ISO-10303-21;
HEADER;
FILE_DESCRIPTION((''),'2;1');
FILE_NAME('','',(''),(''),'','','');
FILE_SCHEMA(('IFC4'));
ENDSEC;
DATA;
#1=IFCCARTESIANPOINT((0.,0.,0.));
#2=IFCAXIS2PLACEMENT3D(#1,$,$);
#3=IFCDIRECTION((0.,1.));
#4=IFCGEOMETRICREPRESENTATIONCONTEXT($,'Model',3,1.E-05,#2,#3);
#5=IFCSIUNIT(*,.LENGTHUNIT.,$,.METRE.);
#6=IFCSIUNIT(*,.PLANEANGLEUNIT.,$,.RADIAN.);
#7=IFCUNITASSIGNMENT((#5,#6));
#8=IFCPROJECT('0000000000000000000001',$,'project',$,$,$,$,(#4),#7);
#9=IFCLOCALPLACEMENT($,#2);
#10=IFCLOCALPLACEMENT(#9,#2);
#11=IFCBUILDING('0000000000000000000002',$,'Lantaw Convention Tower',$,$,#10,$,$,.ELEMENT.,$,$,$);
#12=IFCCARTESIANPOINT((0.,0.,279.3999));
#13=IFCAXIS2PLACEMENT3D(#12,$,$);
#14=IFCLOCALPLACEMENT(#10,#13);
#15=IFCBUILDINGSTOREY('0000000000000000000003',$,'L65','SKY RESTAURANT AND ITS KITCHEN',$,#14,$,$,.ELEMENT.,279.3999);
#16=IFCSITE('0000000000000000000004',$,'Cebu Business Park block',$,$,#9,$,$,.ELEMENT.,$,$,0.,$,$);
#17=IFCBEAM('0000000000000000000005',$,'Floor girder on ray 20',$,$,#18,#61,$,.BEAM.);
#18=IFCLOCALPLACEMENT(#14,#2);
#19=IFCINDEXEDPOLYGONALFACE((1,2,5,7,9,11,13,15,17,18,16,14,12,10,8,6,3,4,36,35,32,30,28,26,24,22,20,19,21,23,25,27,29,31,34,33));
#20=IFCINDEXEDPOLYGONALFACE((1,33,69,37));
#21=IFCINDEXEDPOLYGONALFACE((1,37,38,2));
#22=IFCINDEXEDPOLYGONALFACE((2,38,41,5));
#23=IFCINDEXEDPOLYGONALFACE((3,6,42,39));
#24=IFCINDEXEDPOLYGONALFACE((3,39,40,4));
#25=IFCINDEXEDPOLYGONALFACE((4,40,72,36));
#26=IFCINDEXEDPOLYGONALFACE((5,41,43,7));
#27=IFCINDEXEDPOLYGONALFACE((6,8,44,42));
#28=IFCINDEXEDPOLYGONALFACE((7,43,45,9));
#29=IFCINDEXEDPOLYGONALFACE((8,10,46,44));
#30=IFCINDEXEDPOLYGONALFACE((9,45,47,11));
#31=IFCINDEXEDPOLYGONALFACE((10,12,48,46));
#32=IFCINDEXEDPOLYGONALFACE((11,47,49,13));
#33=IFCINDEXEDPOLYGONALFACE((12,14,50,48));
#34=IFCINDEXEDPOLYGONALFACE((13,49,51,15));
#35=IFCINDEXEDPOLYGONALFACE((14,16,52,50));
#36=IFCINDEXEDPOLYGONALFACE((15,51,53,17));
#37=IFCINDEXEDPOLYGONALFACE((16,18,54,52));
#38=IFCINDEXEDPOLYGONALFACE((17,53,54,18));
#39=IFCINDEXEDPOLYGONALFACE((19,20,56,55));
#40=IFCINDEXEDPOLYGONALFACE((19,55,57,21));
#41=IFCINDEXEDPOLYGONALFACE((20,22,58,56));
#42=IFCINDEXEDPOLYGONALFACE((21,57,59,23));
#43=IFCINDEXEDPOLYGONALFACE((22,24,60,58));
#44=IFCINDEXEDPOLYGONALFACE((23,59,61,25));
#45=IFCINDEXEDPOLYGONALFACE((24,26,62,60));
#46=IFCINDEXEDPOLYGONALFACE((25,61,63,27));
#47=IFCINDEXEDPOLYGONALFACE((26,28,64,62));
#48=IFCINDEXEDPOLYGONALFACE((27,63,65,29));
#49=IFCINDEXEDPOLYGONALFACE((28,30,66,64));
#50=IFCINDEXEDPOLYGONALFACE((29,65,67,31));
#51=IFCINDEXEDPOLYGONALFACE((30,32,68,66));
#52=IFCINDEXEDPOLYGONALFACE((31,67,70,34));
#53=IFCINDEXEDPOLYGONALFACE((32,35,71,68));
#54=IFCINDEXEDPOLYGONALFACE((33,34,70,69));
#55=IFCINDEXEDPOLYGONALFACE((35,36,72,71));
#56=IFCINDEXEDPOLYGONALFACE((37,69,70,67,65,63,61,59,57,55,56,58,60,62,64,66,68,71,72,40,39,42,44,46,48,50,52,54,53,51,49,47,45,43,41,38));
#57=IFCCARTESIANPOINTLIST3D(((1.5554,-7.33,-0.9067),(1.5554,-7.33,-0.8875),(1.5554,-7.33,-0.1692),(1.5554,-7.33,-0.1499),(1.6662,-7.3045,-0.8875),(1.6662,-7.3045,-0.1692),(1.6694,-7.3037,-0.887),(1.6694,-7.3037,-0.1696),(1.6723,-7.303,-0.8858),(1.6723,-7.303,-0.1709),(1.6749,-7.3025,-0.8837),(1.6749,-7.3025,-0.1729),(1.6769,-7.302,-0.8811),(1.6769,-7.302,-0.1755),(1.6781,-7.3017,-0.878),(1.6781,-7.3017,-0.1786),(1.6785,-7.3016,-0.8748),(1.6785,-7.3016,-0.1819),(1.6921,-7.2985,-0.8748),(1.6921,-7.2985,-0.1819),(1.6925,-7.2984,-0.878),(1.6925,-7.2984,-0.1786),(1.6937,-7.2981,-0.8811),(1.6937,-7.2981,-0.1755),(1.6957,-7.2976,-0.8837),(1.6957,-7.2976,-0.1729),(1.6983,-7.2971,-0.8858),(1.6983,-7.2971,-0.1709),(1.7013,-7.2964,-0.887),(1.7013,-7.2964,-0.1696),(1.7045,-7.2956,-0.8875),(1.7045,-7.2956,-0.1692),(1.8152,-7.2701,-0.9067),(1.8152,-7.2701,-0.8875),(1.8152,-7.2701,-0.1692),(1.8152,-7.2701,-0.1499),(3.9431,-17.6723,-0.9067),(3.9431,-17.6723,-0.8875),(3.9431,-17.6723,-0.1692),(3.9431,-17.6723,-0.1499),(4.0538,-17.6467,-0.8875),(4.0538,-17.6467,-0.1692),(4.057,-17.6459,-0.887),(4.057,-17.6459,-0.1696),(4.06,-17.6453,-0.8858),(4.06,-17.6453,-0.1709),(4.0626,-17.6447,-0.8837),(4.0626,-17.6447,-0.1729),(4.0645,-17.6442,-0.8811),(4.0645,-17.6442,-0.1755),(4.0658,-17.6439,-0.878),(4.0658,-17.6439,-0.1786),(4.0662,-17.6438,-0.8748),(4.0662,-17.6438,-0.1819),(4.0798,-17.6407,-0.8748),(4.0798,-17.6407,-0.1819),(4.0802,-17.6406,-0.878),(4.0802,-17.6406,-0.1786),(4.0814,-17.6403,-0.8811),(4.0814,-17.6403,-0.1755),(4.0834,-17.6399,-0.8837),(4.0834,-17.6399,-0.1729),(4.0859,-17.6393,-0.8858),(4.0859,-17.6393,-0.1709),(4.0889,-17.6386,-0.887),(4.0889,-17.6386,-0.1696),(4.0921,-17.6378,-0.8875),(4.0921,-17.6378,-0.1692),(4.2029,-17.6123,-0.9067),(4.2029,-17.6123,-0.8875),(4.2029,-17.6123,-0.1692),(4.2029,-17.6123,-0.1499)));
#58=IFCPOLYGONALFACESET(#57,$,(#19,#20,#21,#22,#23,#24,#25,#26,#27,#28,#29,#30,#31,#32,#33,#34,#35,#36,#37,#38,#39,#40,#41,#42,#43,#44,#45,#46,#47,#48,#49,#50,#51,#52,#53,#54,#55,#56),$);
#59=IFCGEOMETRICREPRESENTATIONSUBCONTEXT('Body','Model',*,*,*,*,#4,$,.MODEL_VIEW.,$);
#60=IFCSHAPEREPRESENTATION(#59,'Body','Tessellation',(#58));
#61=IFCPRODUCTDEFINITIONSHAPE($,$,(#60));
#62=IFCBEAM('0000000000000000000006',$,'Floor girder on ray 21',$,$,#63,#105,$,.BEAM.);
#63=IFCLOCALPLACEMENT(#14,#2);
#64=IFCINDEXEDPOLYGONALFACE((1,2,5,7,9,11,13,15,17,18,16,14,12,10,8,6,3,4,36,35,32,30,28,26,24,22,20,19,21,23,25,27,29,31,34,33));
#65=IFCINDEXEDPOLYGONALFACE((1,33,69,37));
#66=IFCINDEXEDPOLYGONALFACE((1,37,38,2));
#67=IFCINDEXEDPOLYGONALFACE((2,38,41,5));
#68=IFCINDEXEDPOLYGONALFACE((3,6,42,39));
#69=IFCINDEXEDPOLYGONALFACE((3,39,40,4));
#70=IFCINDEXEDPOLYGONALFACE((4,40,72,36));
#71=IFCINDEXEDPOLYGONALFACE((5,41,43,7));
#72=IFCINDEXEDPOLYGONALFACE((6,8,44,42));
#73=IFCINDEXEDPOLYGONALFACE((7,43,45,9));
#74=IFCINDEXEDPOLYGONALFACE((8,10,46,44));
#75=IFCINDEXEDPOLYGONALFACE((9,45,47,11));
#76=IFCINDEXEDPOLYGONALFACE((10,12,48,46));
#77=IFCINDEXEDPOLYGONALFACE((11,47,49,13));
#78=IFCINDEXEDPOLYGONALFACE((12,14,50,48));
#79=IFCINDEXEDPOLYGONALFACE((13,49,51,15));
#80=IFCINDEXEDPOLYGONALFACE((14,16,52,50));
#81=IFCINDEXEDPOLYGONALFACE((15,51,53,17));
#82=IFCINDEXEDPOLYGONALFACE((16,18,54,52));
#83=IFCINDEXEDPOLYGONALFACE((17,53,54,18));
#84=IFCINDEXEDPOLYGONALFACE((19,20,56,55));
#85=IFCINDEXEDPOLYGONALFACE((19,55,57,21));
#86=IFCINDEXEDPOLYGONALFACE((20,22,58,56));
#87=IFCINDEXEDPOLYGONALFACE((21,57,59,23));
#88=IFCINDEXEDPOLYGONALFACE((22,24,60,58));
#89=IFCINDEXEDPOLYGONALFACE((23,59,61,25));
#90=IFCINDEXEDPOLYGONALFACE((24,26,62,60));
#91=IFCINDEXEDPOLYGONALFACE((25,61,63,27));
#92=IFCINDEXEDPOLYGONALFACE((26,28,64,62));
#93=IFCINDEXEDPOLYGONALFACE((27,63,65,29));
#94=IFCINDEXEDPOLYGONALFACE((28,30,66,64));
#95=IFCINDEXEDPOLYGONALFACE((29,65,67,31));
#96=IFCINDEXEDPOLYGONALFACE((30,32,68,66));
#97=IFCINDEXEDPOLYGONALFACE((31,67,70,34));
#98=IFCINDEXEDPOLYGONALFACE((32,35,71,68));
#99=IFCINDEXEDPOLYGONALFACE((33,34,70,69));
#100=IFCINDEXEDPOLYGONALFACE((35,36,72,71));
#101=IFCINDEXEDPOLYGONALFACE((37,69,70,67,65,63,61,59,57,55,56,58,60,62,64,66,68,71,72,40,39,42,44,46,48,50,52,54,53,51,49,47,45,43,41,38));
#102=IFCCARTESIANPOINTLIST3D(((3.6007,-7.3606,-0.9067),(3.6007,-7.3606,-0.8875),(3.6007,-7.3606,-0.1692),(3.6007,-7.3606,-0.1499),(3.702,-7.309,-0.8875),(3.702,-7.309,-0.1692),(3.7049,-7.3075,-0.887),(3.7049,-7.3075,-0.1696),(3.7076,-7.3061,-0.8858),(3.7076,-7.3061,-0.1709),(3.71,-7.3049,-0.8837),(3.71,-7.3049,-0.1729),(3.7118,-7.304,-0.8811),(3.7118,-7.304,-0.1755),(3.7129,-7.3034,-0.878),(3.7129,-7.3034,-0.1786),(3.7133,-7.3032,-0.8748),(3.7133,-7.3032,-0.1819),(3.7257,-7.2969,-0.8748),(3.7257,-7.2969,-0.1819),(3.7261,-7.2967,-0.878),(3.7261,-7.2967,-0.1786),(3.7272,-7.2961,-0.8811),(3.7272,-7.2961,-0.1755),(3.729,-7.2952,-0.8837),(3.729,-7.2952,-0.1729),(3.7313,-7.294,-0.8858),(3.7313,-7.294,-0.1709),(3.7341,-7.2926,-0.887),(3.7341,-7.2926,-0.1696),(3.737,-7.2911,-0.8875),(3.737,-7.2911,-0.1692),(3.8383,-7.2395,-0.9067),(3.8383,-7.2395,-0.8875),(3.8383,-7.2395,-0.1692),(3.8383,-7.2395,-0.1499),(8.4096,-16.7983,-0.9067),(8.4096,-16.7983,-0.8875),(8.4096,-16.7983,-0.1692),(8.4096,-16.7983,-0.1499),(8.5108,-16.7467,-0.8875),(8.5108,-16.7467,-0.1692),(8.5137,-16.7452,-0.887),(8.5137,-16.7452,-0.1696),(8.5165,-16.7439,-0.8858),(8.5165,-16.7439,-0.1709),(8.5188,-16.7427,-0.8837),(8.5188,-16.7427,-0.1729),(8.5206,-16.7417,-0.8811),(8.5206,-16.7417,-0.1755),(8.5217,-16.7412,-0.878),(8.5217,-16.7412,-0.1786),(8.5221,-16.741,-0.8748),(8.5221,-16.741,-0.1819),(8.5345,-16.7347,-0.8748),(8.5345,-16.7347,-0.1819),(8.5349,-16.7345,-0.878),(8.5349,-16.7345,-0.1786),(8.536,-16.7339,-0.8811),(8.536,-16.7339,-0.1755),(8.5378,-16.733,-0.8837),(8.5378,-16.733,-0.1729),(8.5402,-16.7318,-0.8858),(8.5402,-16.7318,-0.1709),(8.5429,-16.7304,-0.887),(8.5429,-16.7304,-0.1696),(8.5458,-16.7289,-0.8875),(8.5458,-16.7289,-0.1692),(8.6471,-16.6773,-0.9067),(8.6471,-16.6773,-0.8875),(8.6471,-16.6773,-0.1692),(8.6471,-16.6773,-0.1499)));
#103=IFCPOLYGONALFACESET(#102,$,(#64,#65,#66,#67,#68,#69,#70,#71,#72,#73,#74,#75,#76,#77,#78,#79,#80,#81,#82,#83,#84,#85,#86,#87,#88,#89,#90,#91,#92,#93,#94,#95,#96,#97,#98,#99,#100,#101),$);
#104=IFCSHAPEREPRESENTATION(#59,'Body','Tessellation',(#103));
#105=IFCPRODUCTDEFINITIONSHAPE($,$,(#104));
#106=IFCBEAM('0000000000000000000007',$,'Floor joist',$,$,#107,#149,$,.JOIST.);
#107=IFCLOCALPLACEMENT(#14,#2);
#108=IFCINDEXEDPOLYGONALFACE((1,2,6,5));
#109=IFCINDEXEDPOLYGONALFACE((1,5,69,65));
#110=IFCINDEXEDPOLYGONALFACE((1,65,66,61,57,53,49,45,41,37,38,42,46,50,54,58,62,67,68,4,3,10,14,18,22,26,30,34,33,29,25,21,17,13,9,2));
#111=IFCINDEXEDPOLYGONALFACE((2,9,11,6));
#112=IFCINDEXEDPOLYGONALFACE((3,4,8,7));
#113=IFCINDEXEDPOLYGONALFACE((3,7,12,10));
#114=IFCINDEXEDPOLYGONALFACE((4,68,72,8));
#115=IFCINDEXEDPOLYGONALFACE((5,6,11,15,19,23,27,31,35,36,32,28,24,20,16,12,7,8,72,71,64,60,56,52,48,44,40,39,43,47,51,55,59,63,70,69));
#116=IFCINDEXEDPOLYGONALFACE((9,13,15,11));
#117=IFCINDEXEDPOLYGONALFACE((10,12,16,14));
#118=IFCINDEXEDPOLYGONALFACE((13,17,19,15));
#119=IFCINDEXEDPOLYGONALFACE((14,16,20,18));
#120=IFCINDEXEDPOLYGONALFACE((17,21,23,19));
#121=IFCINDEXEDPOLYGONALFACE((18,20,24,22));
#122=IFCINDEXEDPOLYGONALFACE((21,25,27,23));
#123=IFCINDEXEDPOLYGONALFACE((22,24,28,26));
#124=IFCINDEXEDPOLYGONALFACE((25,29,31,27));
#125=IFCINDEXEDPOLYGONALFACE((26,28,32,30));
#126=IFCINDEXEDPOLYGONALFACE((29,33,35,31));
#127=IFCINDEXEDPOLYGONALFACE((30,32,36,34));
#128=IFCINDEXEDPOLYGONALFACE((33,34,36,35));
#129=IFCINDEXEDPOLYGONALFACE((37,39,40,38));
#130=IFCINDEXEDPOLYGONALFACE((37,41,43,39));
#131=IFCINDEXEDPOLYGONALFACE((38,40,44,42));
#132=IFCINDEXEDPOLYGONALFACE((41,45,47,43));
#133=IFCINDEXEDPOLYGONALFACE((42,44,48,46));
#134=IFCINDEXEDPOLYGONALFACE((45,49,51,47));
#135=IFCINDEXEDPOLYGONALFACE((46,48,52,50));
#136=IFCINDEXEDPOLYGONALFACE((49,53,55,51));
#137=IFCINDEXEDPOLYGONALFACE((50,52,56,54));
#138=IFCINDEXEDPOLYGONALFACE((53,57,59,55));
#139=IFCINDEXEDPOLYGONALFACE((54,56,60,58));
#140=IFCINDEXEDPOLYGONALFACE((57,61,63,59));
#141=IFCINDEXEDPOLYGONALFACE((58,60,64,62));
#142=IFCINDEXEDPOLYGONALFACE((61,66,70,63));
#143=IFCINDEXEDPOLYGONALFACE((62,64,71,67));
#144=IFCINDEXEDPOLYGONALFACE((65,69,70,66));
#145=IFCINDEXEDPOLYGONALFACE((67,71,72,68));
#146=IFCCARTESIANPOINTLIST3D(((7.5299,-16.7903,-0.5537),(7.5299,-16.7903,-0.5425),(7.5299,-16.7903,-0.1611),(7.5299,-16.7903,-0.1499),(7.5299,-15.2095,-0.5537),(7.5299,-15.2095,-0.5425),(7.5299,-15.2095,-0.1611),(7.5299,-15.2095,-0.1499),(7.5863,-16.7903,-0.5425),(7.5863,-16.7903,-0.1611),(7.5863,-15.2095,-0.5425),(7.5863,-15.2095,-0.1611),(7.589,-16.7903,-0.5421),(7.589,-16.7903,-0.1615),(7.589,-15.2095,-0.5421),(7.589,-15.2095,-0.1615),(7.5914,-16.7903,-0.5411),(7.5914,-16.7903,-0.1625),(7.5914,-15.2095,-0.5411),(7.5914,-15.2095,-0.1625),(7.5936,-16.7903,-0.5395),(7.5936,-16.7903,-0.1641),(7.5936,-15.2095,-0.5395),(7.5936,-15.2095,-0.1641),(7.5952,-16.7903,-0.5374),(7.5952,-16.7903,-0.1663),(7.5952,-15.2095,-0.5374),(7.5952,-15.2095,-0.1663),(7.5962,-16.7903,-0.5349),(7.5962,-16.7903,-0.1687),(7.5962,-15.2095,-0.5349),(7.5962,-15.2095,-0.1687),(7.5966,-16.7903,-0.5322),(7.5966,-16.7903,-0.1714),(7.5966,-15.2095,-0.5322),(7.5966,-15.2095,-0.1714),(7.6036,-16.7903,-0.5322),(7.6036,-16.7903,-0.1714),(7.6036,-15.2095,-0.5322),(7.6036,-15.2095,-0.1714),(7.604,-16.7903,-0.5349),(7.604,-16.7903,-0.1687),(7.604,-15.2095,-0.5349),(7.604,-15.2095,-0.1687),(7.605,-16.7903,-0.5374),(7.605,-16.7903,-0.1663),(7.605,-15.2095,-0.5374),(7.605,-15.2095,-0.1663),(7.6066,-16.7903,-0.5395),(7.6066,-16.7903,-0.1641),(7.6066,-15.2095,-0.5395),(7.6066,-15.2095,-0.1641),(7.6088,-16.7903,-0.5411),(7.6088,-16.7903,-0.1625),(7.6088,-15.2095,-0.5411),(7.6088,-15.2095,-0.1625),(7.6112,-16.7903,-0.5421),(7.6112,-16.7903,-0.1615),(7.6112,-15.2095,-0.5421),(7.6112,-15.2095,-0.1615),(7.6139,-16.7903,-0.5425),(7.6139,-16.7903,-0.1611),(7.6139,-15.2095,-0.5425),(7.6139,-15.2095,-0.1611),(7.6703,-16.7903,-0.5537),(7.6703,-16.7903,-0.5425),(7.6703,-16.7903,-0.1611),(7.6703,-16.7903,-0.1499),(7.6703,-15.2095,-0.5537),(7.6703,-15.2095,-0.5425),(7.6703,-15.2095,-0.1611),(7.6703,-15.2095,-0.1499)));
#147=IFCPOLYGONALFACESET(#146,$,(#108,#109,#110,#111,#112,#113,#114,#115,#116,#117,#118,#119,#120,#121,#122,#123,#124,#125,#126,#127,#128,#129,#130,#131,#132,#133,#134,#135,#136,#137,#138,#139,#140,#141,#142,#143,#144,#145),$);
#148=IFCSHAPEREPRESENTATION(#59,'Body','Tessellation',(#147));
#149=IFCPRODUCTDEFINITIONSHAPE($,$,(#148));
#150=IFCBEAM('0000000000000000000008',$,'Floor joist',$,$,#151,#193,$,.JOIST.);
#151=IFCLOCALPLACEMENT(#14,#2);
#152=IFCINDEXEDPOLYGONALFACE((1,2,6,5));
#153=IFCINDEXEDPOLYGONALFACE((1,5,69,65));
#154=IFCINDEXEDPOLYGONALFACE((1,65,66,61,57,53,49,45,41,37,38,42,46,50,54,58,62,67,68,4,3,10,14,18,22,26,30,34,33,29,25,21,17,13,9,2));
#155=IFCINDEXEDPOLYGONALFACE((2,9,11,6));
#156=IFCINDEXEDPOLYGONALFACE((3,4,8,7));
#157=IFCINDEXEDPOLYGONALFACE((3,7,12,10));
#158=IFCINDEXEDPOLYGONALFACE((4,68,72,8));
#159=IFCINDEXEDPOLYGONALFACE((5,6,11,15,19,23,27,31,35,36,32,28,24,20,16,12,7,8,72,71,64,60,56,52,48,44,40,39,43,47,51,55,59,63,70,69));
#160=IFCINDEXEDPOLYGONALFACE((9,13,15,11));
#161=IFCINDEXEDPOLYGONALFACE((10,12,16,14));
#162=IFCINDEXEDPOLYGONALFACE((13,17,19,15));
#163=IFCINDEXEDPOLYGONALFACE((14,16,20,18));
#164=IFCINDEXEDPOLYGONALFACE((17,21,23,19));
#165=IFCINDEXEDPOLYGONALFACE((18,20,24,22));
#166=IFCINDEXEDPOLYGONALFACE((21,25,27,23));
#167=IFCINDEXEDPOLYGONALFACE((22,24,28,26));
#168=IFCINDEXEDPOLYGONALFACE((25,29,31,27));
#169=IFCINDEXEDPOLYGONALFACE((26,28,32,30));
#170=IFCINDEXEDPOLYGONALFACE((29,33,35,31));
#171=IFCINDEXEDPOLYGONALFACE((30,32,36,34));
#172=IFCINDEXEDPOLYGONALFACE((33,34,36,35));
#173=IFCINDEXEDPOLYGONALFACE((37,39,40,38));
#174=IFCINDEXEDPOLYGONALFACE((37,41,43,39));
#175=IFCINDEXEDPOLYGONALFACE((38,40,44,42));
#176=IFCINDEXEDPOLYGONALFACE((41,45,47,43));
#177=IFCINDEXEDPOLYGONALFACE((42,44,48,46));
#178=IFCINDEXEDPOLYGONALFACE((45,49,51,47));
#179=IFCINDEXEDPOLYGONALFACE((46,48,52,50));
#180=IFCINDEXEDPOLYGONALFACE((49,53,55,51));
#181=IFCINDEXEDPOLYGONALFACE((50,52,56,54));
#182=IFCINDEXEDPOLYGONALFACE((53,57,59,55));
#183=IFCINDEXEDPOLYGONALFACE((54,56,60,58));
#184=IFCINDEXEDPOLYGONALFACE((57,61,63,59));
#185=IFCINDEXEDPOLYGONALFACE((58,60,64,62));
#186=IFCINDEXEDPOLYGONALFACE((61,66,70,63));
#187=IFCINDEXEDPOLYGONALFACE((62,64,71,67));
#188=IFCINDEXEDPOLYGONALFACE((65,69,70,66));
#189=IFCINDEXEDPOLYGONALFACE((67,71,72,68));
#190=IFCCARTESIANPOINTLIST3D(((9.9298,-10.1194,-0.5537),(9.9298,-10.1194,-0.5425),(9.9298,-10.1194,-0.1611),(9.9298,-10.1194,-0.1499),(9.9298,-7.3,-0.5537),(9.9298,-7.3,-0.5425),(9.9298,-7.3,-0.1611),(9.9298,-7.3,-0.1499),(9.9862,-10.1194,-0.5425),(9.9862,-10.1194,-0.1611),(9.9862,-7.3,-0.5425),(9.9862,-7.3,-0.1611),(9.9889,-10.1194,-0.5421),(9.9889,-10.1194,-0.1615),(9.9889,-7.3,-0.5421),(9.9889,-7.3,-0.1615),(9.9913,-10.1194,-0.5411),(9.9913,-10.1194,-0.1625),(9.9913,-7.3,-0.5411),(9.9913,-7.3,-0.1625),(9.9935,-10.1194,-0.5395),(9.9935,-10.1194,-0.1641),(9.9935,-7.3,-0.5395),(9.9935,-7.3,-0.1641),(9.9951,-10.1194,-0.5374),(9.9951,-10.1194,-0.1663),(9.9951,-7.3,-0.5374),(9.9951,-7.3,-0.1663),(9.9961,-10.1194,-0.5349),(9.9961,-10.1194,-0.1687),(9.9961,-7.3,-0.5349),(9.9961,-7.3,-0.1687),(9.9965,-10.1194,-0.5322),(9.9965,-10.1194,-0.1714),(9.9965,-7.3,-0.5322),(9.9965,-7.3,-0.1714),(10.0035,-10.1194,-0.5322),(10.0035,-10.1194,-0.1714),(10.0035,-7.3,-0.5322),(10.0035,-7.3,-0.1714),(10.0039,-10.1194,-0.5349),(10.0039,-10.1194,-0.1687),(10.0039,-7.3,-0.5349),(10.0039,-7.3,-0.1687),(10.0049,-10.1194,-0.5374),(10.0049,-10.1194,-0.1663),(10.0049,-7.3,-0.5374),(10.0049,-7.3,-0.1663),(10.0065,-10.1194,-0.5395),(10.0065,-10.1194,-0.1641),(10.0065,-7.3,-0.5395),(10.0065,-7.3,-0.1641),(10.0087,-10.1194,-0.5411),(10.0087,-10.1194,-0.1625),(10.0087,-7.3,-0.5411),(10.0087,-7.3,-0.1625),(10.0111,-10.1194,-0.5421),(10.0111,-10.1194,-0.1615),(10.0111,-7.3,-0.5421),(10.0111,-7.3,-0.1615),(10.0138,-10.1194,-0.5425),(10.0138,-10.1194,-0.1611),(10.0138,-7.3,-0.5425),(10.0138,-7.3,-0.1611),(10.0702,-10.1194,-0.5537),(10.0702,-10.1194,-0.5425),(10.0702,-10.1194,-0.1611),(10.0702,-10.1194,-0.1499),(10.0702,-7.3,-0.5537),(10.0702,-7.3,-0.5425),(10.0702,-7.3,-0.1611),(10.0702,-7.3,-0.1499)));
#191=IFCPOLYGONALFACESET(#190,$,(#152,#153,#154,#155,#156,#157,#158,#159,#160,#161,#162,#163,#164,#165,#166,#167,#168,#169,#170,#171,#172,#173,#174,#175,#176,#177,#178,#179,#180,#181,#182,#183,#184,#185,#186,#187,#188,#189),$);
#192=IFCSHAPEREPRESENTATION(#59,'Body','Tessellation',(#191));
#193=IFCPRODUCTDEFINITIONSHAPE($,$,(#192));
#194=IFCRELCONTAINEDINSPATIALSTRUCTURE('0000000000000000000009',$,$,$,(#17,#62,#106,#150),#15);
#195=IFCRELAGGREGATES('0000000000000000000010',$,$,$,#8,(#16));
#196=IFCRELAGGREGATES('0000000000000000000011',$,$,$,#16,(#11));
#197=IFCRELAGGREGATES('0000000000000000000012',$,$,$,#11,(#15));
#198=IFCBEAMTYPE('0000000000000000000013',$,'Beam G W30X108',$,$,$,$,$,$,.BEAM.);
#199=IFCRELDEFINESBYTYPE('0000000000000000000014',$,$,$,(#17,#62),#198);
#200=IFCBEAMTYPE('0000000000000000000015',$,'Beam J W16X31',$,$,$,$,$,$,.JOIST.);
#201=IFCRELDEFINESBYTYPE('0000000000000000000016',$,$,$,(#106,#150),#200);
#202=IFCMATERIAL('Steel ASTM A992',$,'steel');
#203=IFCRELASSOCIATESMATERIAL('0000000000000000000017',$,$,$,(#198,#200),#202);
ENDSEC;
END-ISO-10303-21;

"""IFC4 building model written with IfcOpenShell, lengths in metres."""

from ifc_helpers import new_model, si_unit, direction, frame, origin, origin_2d, place, context, subcontext, project, spatial, i_section, extrude, material, material_profile, profile_set, type_object, element, save


model = new_model("IFC4")

# Units and contexts
model_context = context("Model", 3, precision=1e-05, world=origin(), true_north=direction((0.0, 1.0)))
body_context = subcontext(model_context, "Body", "Model", "MODEL_VIEW")
ifc_project = project(units=[si_unit("LENGTHUNIT", "METRE"), si_unit("PLANEANGLEUNIT", "RADIAN")], contexts=[model_context])

# Site, building, storey
site_placement = place(None, origin())
site = spatial("IfcSite", under=ifc_project, at=site_placement, Name="Cebu Business Park block", CompositionType="ELEMENT", RefElevation=0.0)
building_placement = place(site_placement, origin())
building = spatial("IfcBuilding", under=site, at=building_placement, Name="Lantaw Convention Tower", CompositionType="ELEMENT")
storey_placement = place(building_placement, frame((0.0, 0.0, 279.3999)))
storey = spatial("IfcBuildingStorey", under=building, at=storey_placement, Name="L65", Description="SKY RESTAURANT AND ITS KITCHEN", CompositionType="ELEMENT", Elevation=279.3999)

# Beams
ifc_material_1 = material(Name="Steel ASTM A992", Category="steel")
ifc_material_profile_1 = material_profile(ifc_material_1, i_section(OverallWidth=0.2666, OverallDepth=0.7568, WebThickness=0.0139, FlangeThickness=0.0193, FilletRadius=0.0127, at=origin_2d()), Name="W30X108")
ifc_profile_set_1 = profile_set([ifc_material_profile_1], Name="Steel ASTM A992")
beam_type_1 = type_object("IfcBeamType", Name="Beam G W30X108", PredefinedType="BEAM", material=ifc_profile_set_1)
beam_1_placement = place(storey_placement, frame((1.6853, -7.3, -0.5283), z_axis=(0.22495, -0.97437, 0.0), x_axis=(0.97437, 0.22495, 0.0)))
element("IfcBeam", 1, at=beam_1_placement, inside=storey, type_object=beam_type_1, Name="Floor girder on ray 20", PredefinedType="BEAM", context=body_context, shape_type="SweptSolid", body=[
    extrude(i_section(OverallWidth=0.2666, OverallDepth=0.7568, WebThickness=0.0139, FlangeThickness=0.0193, FilletRadius=0.0127, at=origin_2d()), origin(), (0.0, 0.0, 1.0), 10.6143),
])
beam_2_placement = place(storey_placement, frame((3.7195, -7.3, -0.5283), z_axis=(0.453996, -0.891004, 0.0), x_axis=(0.891004, 0.453996, 0.0)))
element("IfcBeam", 2, at=beam_2_placement, inside=storey, type_object=beam_type_1, Name="Floor girder on ray 21", PredefinedType="BEAM", context=body_context, shape_type="SweptSolid", body=[
    extrude(i_section(OverallWidth=0.2666, OverallDepth=0.7568, WebThickness=0.0139, FlangeThickness=0.0193, FilletRadius=0.0127, at=origin_2d()), origin(), (0.0, 0.0, 1.0), 10.5923),
])
ifc_material_profile_2 = material_profile(ifc_material_1, i_section(OverallWidth=0.1404, OverallDepth=0.4038, WebThickness=0.0071, FlangeThickness=0.0112, FilletRadius=0.0103, at=origin_2d()), Name="W16X31")
ifc_profile_set_2 = profile_set([ifc_material_profile_2], Name="Steel ASTM A992")
beam_type_2 = type_object("IfcBeamType", Name="Beam J W16X31", PredefinedType="JOIST", material=ifc_profile_set_2)
beam_3_placement = place(storey_placement, frame((7.6001, -16.7903, -0.3518), z_axis=(0.0, 1.0, 0.0), x_axis=(-1.0, 0.0, 0.0)))
element("IfcBeam", 3, at=beam_3_placement, inside=storey, type_object=beam_type_2, Name="Floor joist", PredefinedType="JOIST", context=body_context, shape_type="SweptSolid", body=[
    extrude(i_section(OverallWidth=0.1404, OverallDepth=0.4038, WebThickness=0.0071, FlangeThickness=0.0112, FilletRadius=0.0103, at=origin_2d()), origin(), (0.0, 0.0, 1.0), 1.5808),
])
beam_4_placement = place(storey_placement, frame((10.0, -10.1194, -0.3518), z_axis=(0.0, 1.0, 0.0), x_axis=(-1.0, 0.0, 0.0)))
element("IfcBeam", 4, at=beam_4_placement, inside=storey, type_object=beam_type_2, Name="Floor joist", PredefinedType="JOIST", context=body_context, shape_type="SweptSolid", body=[
    extrude(i_section(OverallWidth=0.1404, OverallDepth=0.4038, WebThickness=0.0071, FlangeThickness=0.0112, FilletRadius=0.0103, at=origin_2d()), origin(), (0.0, 0.0, 1.0), 2.8193),
])

save(model, "model.ifc")
